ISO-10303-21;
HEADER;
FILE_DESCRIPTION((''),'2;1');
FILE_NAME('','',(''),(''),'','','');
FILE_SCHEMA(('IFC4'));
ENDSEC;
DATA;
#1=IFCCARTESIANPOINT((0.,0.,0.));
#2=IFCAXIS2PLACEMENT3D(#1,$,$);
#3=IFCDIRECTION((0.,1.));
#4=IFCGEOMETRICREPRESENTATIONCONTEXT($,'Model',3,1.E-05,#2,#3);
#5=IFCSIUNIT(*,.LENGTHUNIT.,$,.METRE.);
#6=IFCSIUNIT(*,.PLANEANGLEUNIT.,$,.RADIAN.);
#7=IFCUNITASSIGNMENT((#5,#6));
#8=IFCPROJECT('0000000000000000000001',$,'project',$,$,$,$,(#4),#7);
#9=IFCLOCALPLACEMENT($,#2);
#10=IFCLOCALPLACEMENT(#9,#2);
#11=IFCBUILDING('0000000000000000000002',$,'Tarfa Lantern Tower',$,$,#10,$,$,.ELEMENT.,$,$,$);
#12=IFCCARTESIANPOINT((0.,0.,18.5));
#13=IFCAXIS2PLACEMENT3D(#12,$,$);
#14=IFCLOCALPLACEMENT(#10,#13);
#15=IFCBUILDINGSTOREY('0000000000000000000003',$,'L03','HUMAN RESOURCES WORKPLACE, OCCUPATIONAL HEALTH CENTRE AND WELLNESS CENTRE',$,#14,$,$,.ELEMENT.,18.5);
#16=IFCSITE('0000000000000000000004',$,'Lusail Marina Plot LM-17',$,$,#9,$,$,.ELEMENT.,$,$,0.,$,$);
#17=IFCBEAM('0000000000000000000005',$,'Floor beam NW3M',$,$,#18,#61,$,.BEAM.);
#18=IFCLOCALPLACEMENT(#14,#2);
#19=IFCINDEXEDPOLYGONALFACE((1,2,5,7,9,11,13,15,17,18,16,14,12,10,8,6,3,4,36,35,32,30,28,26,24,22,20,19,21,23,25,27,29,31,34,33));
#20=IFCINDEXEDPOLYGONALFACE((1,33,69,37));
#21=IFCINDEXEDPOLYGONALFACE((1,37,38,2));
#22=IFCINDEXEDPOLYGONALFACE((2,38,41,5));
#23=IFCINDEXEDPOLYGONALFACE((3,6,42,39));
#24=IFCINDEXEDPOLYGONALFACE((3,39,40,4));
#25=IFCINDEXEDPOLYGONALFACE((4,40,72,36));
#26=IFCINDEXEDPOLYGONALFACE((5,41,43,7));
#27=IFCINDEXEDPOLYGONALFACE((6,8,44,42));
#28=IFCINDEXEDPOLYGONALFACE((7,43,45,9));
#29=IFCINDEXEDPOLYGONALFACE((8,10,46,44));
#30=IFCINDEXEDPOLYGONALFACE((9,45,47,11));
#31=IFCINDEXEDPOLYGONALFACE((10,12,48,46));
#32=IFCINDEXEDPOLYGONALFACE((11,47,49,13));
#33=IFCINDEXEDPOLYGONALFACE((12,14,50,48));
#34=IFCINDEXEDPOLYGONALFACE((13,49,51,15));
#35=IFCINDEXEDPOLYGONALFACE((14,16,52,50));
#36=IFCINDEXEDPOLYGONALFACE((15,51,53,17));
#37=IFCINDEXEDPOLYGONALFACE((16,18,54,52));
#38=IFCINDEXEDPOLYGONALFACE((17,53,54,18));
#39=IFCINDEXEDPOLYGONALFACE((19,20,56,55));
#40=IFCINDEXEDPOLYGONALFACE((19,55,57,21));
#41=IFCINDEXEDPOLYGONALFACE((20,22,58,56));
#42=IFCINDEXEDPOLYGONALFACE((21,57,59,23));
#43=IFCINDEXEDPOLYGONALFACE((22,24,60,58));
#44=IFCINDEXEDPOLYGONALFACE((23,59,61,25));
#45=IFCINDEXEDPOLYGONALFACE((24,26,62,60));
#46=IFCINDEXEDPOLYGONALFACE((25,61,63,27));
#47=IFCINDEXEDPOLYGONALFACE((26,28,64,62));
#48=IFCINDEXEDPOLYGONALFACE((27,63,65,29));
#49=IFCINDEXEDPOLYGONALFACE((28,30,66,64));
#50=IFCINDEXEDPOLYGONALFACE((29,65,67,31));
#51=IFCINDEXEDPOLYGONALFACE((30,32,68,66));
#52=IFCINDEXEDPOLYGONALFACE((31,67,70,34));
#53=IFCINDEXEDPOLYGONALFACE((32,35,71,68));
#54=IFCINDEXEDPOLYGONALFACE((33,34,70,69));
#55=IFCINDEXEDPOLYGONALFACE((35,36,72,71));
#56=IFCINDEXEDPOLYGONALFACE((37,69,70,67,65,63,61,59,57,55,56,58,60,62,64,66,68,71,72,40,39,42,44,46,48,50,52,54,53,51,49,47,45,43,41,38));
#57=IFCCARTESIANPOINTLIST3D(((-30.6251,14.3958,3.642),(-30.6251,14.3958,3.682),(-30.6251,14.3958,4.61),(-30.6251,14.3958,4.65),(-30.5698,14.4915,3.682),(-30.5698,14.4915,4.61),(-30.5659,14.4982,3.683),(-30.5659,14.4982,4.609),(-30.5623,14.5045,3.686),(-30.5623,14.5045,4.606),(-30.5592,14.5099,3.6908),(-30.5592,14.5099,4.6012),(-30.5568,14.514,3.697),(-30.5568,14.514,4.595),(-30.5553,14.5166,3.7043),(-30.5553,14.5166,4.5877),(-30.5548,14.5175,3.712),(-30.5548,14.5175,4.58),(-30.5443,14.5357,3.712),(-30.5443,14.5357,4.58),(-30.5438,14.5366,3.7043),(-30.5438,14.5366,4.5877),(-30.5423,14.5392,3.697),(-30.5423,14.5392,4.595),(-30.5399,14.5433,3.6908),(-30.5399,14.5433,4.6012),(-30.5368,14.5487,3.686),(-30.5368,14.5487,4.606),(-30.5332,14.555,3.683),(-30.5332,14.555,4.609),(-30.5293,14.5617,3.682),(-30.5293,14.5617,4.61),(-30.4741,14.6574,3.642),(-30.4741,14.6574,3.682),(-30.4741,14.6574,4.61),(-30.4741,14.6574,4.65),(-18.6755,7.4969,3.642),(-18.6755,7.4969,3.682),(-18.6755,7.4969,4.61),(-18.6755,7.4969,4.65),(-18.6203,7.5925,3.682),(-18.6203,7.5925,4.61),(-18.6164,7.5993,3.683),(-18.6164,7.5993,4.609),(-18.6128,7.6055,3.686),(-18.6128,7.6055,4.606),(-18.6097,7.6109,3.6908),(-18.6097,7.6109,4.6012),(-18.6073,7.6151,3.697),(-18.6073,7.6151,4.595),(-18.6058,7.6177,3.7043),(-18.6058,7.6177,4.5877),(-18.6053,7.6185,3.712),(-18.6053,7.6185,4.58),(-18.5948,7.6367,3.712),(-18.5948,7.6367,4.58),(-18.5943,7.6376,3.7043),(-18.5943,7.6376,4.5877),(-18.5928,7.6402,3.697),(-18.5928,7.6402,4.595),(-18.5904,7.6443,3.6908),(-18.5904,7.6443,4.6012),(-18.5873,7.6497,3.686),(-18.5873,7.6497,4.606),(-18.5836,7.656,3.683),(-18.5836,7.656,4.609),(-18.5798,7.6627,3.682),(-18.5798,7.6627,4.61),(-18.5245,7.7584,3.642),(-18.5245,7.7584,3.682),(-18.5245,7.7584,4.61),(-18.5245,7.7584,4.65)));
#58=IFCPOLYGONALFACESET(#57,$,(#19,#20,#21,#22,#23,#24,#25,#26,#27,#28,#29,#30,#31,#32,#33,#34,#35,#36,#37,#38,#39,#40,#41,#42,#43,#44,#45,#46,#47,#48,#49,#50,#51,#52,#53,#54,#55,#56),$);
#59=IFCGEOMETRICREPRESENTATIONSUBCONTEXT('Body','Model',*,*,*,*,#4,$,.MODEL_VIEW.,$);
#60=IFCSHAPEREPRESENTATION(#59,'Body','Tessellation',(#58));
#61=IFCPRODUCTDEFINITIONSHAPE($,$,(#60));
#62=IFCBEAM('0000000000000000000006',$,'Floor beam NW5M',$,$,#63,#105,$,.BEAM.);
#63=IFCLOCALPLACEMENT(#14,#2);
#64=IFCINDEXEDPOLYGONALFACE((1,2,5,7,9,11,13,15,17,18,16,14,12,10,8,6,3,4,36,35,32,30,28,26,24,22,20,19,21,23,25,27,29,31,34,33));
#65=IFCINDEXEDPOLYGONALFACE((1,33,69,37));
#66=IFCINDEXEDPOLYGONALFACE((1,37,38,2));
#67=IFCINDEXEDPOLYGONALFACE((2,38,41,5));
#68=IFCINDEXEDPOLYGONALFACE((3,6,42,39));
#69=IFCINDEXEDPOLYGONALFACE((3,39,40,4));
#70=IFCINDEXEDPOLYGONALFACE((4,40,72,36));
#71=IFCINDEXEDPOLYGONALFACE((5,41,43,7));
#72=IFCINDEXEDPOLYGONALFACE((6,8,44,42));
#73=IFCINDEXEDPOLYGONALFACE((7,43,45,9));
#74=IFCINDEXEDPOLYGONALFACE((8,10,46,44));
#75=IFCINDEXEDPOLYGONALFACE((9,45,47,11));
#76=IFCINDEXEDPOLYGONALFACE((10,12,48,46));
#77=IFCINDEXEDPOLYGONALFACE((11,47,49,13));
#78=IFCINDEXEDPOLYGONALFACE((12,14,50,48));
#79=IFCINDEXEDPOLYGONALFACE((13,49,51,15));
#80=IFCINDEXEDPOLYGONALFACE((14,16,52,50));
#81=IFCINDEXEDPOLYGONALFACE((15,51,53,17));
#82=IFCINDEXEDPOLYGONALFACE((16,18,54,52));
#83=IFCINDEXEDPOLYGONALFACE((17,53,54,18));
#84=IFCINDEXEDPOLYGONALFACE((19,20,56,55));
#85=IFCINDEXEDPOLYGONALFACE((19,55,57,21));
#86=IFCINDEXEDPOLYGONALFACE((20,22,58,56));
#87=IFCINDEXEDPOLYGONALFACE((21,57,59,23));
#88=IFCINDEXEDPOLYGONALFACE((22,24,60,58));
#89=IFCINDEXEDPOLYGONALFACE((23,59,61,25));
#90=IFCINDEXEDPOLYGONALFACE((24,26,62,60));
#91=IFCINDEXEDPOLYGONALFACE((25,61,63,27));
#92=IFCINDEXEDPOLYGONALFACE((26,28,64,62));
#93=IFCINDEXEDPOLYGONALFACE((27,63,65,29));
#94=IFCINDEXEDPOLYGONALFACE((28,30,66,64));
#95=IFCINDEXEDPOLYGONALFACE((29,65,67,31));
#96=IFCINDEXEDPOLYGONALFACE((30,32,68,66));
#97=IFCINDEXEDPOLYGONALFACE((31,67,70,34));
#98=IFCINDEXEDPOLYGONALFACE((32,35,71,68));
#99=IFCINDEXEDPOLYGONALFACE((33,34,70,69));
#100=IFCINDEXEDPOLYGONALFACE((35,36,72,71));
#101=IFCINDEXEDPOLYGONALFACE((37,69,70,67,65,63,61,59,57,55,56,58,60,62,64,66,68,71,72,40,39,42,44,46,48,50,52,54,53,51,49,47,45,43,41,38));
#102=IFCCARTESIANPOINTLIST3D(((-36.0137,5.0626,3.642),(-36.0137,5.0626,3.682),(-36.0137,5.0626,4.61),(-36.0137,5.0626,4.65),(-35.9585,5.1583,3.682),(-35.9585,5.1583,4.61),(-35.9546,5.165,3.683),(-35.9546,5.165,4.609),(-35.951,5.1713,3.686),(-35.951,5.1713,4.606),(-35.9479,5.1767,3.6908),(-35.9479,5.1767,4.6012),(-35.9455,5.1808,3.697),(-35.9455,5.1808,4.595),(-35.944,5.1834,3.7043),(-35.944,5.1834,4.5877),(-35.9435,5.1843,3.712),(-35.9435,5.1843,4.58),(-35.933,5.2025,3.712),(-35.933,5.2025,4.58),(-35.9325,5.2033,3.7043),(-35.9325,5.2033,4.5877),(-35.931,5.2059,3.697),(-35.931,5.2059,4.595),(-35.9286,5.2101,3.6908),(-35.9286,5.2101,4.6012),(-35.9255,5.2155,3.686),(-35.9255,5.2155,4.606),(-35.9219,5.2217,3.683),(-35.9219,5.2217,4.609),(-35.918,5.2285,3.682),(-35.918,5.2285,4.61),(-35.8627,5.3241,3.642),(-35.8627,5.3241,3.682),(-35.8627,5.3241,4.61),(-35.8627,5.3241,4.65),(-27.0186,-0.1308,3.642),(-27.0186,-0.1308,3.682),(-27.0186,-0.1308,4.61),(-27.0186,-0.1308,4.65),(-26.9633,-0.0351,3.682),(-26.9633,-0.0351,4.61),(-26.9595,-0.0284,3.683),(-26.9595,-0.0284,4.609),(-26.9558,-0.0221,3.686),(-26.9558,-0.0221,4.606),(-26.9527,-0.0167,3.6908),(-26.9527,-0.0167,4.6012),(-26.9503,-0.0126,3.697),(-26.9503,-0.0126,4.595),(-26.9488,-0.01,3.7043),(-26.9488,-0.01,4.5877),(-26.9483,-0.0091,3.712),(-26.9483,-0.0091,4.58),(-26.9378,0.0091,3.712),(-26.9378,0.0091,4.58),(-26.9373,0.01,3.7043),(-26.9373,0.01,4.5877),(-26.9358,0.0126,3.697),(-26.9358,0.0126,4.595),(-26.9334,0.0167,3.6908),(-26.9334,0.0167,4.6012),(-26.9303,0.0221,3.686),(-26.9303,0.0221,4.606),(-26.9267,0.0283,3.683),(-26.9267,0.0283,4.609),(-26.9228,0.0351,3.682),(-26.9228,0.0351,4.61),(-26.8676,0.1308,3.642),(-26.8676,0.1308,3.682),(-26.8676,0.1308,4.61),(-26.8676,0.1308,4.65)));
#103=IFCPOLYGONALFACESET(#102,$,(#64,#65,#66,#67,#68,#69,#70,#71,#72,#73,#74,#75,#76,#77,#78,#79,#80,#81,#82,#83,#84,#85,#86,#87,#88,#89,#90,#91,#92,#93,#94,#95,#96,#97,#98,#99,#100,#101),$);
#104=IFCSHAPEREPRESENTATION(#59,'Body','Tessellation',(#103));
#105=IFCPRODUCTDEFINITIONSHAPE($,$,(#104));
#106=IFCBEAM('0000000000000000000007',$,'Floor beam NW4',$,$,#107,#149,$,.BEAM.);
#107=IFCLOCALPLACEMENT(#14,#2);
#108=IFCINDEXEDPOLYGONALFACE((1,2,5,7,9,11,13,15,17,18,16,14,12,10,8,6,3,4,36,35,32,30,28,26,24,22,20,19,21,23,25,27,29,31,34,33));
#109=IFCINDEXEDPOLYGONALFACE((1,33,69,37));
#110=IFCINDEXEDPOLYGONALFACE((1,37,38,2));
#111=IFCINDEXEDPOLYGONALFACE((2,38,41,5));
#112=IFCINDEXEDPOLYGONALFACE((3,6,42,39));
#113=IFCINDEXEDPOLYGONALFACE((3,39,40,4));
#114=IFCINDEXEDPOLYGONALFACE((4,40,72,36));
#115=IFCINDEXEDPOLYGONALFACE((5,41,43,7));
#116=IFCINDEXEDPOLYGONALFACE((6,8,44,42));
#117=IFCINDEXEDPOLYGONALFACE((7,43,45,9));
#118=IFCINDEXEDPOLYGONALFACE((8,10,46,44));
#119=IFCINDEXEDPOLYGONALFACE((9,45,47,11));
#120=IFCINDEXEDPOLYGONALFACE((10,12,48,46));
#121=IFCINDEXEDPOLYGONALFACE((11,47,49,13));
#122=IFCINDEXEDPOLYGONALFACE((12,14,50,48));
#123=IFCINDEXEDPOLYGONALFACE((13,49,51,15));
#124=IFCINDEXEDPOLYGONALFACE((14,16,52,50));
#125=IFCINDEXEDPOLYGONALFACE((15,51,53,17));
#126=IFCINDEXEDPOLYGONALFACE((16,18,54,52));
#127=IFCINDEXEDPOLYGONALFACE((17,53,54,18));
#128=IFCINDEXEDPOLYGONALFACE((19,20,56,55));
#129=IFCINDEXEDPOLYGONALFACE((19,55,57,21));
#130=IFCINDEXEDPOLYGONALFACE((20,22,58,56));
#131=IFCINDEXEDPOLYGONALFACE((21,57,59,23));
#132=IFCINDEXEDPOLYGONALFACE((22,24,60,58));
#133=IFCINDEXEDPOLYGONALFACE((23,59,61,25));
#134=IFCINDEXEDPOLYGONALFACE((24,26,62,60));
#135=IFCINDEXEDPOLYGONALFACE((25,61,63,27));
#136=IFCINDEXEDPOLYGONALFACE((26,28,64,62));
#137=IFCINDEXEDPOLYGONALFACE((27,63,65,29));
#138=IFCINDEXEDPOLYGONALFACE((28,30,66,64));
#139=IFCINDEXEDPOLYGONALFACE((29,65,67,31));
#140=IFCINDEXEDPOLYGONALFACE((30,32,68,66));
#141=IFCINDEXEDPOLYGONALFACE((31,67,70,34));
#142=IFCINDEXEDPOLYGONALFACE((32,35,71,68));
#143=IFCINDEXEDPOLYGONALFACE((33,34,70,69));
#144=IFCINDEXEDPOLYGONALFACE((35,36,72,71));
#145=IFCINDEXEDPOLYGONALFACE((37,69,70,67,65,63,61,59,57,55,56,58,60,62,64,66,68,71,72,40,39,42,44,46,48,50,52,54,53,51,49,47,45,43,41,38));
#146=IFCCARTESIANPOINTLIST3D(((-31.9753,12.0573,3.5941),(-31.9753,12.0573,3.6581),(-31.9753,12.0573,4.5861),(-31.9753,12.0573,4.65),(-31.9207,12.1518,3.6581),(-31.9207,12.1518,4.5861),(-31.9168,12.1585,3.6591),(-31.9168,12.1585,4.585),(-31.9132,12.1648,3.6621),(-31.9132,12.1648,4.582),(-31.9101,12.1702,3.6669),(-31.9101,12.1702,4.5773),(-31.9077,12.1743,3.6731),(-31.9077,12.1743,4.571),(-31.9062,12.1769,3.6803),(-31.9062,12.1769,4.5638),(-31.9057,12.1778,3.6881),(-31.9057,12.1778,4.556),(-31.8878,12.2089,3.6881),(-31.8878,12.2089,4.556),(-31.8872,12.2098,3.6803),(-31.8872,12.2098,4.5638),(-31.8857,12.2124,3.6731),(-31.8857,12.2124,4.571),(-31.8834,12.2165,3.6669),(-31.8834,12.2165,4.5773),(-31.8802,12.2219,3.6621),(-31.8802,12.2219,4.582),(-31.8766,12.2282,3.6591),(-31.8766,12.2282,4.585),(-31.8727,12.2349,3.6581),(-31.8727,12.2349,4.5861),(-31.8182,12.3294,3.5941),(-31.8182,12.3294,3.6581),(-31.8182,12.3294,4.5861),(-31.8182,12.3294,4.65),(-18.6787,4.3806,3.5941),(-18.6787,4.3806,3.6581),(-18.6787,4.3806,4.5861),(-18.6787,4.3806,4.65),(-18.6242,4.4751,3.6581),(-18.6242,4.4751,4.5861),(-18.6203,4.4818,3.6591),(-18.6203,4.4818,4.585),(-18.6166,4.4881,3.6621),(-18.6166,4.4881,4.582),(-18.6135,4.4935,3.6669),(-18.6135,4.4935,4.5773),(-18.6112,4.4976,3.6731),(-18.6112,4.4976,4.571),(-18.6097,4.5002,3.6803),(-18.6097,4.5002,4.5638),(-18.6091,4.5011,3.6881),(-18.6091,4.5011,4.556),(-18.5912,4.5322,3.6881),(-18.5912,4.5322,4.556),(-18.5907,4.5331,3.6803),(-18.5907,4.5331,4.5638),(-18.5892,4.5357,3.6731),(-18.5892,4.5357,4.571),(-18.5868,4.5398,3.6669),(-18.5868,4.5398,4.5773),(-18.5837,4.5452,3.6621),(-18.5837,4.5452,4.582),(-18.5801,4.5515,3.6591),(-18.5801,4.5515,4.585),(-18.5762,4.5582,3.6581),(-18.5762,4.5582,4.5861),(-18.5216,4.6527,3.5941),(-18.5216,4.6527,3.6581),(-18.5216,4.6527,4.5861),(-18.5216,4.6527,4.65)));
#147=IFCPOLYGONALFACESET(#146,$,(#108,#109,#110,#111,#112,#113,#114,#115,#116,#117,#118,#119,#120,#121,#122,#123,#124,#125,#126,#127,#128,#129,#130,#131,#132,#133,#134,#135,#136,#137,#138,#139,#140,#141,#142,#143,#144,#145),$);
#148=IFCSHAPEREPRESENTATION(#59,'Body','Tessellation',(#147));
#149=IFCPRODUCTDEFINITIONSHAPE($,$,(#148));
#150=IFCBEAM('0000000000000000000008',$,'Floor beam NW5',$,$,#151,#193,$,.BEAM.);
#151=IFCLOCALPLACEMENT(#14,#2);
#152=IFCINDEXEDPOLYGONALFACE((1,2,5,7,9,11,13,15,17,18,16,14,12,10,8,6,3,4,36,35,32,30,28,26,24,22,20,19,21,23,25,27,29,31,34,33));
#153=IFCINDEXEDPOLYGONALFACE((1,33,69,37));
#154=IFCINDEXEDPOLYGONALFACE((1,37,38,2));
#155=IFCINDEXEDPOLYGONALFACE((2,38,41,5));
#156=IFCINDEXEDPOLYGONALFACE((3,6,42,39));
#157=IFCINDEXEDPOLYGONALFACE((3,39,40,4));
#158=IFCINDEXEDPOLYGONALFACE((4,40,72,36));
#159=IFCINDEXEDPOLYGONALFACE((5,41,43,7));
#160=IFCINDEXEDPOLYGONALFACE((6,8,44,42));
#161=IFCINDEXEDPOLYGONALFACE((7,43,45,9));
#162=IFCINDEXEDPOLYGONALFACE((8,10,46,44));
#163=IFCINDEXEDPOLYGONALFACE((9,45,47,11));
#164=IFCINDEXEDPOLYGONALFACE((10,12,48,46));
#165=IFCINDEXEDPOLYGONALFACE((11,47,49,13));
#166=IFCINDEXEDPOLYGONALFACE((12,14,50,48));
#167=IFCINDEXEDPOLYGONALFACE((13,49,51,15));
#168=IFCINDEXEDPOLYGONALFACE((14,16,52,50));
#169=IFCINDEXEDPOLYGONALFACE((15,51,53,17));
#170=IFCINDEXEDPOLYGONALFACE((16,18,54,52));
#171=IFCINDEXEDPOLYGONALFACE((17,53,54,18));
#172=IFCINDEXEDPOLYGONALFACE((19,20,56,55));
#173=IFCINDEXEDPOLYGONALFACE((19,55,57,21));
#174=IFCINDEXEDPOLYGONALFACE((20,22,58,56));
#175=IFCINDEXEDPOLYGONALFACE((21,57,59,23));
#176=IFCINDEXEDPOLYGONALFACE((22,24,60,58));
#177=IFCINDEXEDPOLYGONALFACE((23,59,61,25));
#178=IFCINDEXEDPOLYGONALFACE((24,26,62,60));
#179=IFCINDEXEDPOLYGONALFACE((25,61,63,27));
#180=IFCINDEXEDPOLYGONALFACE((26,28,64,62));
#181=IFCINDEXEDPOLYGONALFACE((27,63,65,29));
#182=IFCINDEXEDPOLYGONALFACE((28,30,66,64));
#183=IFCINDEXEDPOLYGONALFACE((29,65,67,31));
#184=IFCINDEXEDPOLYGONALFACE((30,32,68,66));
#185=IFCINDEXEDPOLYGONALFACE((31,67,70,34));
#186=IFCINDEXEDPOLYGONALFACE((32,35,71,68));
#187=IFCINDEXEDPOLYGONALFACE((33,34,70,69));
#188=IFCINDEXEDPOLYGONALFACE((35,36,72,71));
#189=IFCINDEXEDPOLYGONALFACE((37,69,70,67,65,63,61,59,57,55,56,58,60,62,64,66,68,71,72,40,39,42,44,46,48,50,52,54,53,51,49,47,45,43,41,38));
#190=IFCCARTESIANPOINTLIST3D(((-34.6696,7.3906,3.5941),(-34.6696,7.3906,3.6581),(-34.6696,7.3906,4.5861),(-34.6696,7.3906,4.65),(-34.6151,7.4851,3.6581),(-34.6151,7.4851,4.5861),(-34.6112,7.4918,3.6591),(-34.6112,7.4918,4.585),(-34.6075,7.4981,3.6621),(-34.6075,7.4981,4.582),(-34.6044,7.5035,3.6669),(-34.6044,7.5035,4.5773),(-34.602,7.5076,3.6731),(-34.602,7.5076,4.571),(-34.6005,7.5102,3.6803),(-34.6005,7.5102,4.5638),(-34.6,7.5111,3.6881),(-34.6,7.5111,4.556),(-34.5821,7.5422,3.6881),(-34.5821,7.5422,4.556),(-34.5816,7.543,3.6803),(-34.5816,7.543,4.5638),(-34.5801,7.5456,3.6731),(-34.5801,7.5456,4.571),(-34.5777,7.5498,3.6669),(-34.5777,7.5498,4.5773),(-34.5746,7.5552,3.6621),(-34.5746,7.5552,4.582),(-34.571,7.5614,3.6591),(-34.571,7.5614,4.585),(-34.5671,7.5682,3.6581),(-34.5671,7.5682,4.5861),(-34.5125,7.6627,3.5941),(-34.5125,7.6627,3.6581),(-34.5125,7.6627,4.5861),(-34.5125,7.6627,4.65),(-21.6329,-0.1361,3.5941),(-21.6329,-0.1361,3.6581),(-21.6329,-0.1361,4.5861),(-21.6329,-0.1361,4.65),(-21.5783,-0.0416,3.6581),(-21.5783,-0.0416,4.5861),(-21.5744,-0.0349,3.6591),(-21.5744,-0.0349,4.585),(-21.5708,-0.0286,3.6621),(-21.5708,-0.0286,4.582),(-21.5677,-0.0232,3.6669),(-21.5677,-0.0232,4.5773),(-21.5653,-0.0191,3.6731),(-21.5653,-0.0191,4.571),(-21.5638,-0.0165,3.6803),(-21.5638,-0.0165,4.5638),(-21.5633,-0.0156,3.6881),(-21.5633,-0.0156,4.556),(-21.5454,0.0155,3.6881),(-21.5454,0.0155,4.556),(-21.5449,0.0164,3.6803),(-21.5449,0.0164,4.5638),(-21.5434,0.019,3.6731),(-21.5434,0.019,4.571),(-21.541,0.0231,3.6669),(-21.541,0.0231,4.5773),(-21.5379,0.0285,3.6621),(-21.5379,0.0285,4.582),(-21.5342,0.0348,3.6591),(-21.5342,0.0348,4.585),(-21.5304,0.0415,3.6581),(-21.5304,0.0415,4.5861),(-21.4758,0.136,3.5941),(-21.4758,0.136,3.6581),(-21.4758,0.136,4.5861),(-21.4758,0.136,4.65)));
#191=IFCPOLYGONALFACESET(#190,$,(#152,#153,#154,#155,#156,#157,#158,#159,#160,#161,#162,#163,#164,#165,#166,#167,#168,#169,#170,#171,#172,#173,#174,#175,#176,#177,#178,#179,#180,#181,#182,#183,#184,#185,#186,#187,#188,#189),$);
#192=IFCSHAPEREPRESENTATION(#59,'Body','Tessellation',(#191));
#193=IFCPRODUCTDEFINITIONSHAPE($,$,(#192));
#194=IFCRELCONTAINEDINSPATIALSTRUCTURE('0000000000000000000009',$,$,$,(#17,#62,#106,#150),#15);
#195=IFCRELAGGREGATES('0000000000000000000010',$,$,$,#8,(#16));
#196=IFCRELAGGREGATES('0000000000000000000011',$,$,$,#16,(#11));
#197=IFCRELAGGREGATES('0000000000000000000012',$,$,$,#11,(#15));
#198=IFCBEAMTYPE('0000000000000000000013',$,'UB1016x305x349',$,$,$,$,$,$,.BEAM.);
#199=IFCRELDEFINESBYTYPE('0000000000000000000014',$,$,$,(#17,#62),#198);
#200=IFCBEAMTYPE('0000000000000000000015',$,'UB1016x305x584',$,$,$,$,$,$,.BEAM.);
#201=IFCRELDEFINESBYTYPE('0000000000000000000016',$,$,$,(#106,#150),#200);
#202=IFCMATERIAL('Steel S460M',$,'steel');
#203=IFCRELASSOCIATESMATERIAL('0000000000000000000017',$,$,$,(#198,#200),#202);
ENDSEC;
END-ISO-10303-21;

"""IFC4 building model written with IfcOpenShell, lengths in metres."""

from ifc_helpers import new_model, si_unit, direction, frame, origin, origin_2d, place, context, subcontext, project, spatial, i_section, extrude, material, material_profile, profile_set, type_object, element, save


model = new_model("IFC4")

# Units and contexts
model_context = context("Model", 3, precision=1e-05, world=origin(), true_north=direction((0.0, 1.0)))
body_context = subcontext(model_context, "Body", "Model", "MODEL_VIEW")
ifc_project = project(units=[si_unit("LENGTHUNIT", "METRE"), si_unit("PLANEANGLEUNIT", "RADIAN")], contexts=[model_context])

# Site, building, storey
site_placement = place(None, origin())
site = spatial("IfcSite", under=ifc_project, at=site_placement, Name="Lusail Marina Plot LM-17", CompositionType="ELEMENT", RefElevation=0.0)
building_placement = place(site_placement, origin())
building = spatial("IfcBuilding", under=site, at=building_placement, Name="Tarfa Lantern Tower", CompositionType="ELEMENT")
storey_placement = place(building_placement, frame((0.0, 0.0, 18.5)))
storey = spatial("IfcBuildingStorey", under=building, at=storey_placement, Name="L03", Description="HUMAN RESOURCES WORKPLACE, OCCUPATIONAL HEALTH CENTRE AND WELLNESS CENTRE", CompositionType="ELEMENT", Elevation=18.5)

# Beams
ifc_material_1 = material(Name="Steel S460M", Category="steel")
ifc_material_profile_1 = material_profile(ifc_material_1, i_section(OverallWidth=0.302, OverallDepth=1.0081, WebThickness=0.021, FlangeThickness=0.04, FilletRadius=0.03, at=origin_2d()), Name="UB1016x305x349")
ifc_profile_set_1 = profile_set([ifc_material_profile_1], Name="Steel S460M")
beam_type_1 = type_object("IfcBeamType", Name="UB1016x305x349", PredefinedType="BEAM", material=ifc_profile_set_1)
beam_1_placement = place(storey_placement, frame((-30.5496, 14.5266, 4.146), z_axis=(0.866029, -0.499995, 0.0), x_axis=(0.499995, 0.866029, 0.0)))
element("IfcBeam", 1, at=beam_1_placement, inside=storey, type_object=beam_type_1, Name="Floor beam NW3M", PredefinedType="BEAM", context=body_context, shape_type="SweptSolid", body=[
    extrude(i_section(OverallWidth=0.302, OverallDepth=1.0081, WebThickness=0.021, FlangeThickness=0.04, FilletRadius=0.03, at=origin_2d()), origin(), (0.0, 0.0, 1.0), 13.7981),
])
beam_2_placement = place(storey_placement, frame((-35.9382, 5.1934, 4.146), z_axis=(0.866024, -0.500002, 0.0), x_axis=(0.500002, 0.866024, 0.0)))
element("IfcBeam", 2, at=beam_2_placement, inside=storey, type_object=beam_type_1, Name="Floor beam NW5M", PredefinedType="BEAM", context=body_context, shape_type="SweptSolid", body=[
    extrude(i_section(OverallWidth=0.302, OverallDepth=1.0081, WebThickness=0.021, FlangeThickness=0.04, FilletRadius=0.03, at=origin_2d()), origin(), (0.0, 0.0, 1.0), 10.3867),
])
ifc_material_profile_2 = material_profile(ifc_material_1, i_section(OverallWidth=0.3142, OverallDepth=1.0559, WebThickness=0.0359, FlangeThickness=0.064, FilletRadius=0.03, at=origin_2d()), Name="UB1016x305x584")
ifc_profile_set_2 = profile_set([ifc_material_profile_2], Name="Steel S460M")
beam_type_2 = type_object("IfcBeamType", Name="UB1016x305x584", PredefinedType="BEAM", material=ifc_profile_set_2)
beam_3_placement = place(storey_placement, frame((-31.8967, 12.1934, 4.1221), z_axis=(0.866027, -0.499997, 0.0), x_axis=(0.499997, 0.866027, 0.0)))
element("IfcBeam", 3, at=beam_3_placement, inside=storey, type_object=beam_type_2, Name="Floor beam NW4", PredefinedType="BEAM", context=body_context, shape_type="SweptSolid", body=[
    extrude(i_section(OverallWidth=0.3142, OverallDepth=1.0559, WebThickness=0.0359, FlangeThickness=0.064, FilletRadius=0.03, at=origin_2d()), origin(), (0.0, 0.0, 1.0), 15.3535),
])
beam_4_placement = place(storey_placement, frame((-34.5911, 7.5266, 4.1221), z_axis=(0.866028, -0.499996, 0.0), x_axis=(0.499996, 0.866028, 0.0)))
element("IfcBeam", 4, at=beam_4_placement, inside=storey, type_object=beam_type_2, Name="Floor beam NW5", PredefinedType="BEAM", context=body_context, shape_type="SweptSolid", body=[
    extrude(i_section(OverallWidth=0.3142, OverallDepth=1.0559, WebThickness=0.0359, FlangeThickness=0.064, FilletRadius=0.03, at=origin_2d()), origin(), (0.0, 0.0, 1.0), 15.0535),
])

save(model, "model.ifc")
